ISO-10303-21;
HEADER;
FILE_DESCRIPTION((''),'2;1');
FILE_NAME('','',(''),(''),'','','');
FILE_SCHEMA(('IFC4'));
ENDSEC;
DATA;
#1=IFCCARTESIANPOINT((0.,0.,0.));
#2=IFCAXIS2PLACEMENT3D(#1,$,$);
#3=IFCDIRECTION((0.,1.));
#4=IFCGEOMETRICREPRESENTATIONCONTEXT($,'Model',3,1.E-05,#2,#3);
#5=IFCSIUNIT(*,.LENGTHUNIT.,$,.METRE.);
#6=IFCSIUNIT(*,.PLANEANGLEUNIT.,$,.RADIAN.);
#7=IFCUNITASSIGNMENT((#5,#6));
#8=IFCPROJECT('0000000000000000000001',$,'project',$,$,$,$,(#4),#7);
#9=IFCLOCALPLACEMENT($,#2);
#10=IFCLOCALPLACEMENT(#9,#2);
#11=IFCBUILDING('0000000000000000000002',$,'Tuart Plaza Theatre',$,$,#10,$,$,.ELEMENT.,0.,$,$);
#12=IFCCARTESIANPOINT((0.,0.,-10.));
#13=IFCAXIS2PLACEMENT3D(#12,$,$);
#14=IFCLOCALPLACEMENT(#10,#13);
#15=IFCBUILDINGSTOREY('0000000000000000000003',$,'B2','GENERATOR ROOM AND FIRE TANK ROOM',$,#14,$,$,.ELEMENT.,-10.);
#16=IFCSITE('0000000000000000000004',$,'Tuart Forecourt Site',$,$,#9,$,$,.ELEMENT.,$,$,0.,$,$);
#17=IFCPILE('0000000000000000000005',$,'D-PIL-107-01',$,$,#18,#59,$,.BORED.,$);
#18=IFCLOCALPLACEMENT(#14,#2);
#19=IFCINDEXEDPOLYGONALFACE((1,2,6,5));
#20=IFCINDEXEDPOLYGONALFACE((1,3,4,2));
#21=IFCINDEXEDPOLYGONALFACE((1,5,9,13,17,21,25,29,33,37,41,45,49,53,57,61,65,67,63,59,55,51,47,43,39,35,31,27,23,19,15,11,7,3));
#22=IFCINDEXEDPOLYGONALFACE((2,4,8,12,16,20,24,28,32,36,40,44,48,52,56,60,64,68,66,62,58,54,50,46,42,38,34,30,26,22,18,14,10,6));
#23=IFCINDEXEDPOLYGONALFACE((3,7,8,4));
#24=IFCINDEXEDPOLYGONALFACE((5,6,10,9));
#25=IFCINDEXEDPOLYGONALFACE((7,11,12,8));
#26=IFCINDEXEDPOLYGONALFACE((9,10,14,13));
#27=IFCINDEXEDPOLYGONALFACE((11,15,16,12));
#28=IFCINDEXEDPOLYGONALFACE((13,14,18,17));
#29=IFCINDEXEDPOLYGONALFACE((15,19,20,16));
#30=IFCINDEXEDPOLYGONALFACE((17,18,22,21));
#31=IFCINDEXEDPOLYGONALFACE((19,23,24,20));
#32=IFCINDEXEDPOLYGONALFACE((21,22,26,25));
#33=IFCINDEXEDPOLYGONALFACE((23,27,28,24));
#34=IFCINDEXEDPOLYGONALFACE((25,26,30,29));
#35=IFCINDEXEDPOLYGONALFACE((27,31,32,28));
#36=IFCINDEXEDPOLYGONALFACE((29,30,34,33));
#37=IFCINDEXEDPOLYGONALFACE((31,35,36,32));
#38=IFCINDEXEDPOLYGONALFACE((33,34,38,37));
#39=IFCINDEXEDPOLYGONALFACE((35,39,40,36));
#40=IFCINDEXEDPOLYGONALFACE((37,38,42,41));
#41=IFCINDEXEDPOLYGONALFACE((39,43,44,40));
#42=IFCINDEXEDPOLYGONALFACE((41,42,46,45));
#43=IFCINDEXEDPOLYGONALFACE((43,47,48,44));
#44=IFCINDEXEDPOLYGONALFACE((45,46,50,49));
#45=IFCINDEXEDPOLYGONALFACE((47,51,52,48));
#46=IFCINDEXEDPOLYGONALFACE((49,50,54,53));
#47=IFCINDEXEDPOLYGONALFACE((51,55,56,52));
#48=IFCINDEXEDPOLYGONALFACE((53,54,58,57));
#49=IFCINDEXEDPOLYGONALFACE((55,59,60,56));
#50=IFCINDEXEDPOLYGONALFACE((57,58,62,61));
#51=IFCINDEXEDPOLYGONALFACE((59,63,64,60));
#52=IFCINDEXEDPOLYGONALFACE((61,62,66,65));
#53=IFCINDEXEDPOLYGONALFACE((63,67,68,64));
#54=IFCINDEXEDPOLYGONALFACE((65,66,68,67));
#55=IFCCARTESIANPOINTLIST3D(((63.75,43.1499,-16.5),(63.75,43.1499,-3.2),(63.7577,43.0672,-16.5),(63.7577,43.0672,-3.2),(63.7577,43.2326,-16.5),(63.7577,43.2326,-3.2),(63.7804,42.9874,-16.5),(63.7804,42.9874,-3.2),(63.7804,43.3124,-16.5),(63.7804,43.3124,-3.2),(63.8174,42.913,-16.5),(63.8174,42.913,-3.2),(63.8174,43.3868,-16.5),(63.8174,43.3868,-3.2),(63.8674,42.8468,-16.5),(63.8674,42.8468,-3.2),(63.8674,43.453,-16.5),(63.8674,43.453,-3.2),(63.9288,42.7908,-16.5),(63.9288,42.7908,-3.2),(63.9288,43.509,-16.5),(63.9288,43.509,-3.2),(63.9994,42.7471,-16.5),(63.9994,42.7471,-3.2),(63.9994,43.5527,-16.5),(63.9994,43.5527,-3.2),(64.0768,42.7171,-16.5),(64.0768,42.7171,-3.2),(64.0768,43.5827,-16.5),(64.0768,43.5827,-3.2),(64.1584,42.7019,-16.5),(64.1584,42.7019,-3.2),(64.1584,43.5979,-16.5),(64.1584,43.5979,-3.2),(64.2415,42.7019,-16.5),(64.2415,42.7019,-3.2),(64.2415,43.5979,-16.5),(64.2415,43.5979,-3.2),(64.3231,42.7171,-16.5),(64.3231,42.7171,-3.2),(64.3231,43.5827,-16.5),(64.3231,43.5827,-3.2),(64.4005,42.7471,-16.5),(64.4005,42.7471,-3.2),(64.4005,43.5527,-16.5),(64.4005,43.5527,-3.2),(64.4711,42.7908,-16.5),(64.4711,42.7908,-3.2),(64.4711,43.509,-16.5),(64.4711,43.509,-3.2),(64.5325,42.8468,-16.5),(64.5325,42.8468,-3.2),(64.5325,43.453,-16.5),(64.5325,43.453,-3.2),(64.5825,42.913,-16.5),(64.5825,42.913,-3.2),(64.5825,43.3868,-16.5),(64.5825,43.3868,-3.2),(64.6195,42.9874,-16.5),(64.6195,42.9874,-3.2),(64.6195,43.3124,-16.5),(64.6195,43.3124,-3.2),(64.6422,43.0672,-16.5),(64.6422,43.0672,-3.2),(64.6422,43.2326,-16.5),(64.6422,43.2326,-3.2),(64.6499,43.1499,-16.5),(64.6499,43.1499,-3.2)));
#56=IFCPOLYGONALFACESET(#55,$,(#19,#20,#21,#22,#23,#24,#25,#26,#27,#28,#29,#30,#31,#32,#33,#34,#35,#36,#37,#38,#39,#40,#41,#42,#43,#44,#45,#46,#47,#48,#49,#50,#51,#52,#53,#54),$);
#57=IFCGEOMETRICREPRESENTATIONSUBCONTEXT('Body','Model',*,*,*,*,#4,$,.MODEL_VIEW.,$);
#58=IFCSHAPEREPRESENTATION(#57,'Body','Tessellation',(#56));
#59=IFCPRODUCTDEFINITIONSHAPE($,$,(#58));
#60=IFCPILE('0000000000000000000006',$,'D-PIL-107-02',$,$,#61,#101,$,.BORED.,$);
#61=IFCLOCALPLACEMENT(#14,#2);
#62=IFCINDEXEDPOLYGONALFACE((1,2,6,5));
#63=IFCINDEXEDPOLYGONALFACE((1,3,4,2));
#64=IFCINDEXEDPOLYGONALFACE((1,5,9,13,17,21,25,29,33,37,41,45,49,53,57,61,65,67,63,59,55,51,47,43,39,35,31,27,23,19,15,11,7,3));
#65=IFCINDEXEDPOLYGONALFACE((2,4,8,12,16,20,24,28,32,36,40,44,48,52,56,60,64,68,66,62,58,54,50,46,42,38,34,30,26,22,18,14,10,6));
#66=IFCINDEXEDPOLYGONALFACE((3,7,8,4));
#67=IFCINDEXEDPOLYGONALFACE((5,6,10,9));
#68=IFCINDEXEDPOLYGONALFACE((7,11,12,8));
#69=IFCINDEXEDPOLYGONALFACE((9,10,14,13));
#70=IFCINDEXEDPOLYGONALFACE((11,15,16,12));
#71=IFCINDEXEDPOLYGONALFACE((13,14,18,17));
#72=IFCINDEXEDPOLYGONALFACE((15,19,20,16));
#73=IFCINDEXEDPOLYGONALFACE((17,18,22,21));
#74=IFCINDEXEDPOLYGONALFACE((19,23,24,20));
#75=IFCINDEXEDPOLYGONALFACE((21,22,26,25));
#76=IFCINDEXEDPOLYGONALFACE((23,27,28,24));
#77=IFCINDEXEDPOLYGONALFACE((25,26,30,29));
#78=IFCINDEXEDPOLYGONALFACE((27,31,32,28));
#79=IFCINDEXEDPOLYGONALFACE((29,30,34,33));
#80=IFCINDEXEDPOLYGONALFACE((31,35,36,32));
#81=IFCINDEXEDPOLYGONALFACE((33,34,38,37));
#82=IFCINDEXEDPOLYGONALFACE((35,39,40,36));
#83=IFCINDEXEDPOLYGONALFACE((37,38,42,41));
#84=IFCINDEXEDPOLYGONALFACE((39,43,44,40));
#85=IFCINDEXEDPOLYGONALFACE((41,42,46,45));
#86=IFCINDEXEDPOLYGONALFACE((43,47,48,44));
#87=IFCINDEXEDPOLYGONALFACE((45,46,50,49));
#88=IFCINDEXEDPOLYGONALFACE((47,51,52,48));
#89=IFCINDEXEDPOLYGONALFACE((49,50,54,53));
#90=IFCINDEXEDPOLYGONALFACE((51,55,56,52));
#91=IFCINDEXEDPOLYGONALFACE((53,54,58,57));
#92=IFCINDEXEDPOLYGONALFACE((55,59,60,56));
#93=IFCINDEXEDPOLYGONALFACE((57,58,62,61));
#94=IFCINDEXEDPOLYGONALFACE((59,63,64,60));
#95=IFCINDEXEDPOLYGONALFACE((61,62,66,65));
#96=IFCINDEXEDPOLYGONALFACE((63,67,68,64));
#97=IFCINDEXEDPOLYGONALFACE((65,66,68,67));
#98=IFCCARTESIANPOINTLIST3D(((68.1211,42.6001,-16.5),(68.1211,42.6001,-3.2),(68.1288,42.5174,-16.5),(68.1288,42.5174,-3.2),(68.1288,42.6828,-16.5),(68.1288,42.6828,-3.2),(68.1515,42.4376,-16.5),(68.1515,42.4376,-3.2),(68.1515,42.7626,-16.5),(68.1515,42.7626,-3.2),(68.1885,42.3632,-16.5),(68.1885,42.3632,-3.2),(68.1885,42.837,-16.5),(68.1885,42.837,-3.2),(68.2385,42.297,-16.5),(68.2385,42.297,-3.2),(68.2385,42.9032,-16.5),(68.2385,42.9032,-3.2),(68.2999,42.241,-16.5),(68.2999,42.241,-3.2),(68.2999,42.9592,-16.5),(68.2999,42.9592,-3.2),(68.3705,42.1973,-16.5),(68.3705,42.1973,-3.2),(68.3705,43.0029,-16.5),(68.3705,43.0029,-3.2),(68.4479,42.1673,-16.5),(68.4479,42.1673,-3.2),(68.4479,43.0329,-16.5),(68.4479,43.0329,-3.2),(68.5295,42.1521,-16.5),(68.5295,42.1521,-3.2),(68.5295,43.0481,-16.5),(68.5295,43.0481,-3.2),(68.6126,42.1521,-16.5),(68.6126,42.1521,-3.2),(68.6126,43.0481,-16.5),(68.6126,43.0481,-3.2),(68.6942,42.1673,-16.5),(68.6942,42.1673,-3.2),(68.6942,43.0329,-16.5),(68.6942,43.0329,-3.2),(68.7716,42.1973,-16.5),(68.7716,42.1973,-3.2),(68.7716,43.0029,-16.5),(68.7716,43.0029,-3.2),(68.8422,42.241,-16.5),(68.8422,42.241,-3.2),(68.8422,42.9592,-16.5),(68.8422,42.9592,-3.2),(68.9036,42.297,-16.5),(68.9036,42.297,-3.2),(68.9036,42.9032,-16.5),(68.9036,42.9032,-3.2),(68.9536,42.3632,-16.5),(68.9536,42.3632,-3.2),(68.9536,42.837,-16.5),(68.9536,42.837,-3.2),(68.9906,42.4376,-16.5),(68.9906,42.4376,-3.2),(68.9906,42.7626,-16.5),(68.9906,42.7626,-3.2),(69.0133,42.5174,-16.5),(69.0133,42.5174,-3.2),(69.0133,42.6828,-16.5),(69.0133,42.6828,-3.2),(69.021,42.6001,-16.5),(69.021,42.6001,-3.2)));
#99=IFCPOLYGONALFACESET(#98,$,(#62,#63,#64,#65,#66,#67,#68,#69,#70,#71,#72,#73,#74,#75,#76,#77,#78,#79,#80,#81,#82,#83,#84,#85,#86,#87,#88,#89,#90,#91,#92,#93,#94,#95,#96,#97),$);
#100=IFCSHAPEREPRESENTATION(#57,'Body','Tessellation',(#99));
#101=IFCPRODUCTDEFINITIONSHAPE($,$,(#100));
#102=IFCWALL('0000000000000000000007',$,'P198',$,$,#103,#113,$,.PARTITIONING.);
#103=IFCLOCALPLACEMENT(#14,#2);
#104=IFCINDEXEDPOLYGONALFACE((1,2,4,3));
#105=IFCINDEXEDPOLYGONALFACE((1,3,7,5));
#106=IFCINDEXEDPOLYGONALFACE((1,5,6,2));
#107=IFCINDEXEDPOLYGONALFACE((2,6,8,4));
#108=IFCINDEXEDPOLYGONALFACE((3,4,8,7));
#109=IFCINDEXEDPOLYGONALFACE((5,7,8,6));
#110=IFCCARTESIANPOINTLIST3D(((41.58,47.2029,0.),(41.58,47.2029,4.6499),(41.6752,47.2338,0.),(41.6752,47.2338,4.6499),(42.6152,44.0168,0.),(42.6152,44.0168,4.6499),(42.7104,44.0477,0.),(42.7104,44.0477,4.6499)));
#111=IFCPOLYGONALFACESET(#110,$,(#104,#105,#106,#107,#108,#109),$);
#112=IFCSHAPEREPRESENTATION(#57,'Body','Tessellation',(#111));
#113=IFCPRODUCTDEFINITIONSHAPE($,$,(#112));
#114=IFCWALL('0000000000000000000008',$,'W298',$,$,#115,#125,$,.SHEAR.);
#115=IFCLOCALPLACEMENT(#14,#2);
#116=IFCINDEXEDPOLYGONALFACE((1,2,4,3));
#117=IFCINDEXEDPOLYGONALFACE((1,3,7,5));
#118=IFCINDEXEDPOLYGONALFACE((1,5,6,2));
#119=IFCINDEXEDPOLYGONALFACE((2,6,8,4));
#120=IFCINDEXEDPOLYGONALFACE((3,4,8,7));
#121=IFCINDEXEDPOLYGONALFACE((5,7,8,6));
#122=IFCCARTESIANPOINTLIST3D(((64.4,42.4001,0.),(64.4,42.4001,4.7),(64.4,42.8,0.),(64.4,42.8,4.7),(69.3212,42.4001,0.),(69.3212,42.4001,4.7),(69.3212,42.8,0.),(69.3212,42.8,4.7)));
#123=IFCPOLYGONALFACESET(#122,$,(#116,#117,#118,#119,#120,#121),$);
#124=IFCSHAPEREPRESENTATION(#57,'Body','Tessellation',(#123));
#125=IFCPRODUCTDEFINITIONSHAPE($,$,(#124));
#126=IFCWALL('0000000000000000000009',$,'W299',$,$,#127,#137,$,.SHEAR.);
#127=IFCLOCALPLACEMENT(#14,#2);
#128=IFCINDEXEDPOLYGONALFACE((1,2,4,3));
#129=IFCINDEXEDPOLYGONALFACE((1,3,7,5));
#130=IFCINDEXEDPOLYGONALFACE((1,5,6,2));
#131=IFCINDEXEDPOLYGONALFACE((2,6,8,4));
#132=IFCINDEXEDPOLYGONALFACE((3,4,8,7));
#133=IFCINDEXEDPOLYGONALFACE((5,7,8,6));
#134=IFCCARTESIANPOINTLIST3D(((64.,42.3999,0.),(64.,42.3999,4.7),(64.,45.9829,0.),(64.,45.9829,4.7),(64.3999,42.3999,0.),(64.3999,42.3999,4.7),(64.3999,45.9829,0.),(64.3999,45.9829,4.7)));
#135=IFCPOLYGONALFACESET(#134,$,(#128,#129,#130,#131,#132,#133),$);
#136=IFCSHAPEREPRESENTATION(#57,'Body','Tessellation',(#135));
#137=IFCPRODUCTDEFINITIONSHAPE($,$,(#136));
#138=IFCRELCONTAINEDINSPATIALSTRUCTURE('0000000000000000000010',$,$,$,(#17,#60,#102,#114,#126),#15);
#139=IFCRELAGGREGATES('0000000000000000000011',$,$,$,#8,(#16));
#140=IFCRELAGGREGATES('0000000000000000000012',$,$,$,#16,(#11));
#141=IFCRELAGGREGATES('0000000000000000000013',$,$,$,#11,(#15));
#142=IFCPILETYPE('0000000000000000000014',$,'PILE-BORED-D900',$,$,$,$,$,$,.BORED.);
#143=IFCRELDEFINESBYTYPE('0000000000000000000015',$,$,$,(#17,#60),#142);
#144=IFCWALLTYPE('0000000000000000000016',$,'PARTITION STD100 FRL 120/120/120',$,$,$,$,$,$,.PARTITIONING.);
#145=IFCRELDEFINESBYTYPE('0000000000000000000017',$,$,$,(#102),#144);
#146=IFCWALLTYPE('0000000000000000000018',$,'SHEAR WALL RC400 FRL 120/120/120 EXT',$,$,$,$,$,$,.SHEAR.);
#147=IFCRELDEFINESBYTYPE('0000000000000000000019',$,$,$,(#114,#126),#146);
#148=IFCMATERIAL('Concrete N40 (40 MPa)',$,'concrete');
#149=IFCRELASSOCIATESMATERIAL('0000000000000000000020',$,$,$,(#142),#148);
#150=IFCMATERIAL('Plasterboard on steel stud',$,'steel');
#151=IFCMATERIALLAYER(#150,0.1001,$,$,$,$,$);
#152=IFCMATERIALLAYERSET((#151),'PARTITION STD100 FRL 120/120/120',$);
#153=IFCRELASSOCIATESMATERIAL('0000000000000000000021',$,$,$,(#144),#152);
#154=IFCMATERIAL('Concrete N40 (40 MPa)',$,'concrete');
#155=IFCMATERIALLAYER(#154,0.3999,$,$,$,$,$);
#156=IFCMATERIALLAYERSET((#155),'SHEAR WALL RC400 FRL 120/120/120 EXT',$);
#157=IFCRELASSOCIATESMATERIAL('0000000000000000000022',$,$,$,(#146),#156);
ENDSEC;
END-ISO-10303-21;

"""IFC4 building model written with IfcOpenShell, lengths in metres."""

from ifc_helpers import new_model, si_unit, direction, frame, frame_2d, origin, origin_2d, place, context, subcontext, project, spatial, rectangle, circle, extrude, material, layer, layer_set, material_profile, profile_set, type_object, element, save


model = new_model("IFC4")

# Units and contexts
model_context = context("Model", 3, precision=1e-05, world=origin(), true_north=direction((0.0, 1.0)))
body_context = subcontext(model_context, "Body", "Model", "MODEL_VIEW")
ifc_project = project(units=[si_unit("LENGTHUNIT", "METRE"), si_unit("PLANEANGLEUNIT", "RADIAN")], contexts=[model_context])

# Site, building, storey
site_placement = place(None, origin())
site = spatial("IfcSite", under=ifc_project, at=site_placement, Name="Tuart Forecourt Site", CompositionType="ELEMENT", RefElevation=0.0)
building_placement = place(site_placement, origin())
building = spatial("IfcBuilding", under=site, at=building_placement, Name="Tuart Plaza Theatre", CompositionType="ELEMENT", ElevationOfRefHeight=0.0)
storey_placement = place(building_placement, frame((0.0, 0.0, -10.0)))
storey = spatial("IfcBuildingStorey", under=building, at=storey_placement, Name="B2", Description="GENERATOR ROOM AND FIRE TANK ROOM", CompositionType="ELEMENT", Elevation=-10.0)

# Piles
ifc_material_1 = material(Name="Concrete N40 (40 MPa)", Category="concrete")
ifc_material_profile_1 = material_profile(ifc_material_1, circle(Radius=0.45, at=origin_2d()), Name="PILE-BORED-D900")
ifc_profile_set_1 = profile_set([ifc_material_profile_1], Name="Concrete N40 (40 MPa)")
pile_type_1 = type_object("IfcPileType", Name="PILE-BORED-D900", PredefinedType="BORED", material=ifc_profile_set_1)
for number, where, z_axis, x_axis, name in (
    (1, (64.2, 43.1499, -3.2), (0.0, 0.0, -1.0), (1.0, 0.0, 0.0), "D-PIL-107-01"),
    (2, (68.571, 42.6001, -3.2), (0.0, 0.0, -1.0), (1.0, 0.0, 0.0), "D-PIL-107-02"),
):
    element("IfcPile", number, at=place(storey_placement, frame(where, z_axis=z_axis, x_axis=x_axis)), inside=storey, type_object=pile_type_1, Name=name, PredefinedType="BORED", context=body_context, shape_type="SweptSolid", body=[
        extrude(circle(Radius=0.45, at=origin_2d()), origin(), (0.0, 0.0, 1.0), 13.3),
    ])

# Walls
ifc_material_2 = material(Name="Plasterboard on steel stud", Category="steel")
ifc_layer_1 = layer(ifc_material_2, 0.1001)
ifc_layer_set_1 = layer_set([ifc_layer_1], Name="PARTITION STD100 FRL 120/120/120")
wall_type_1 = type_object("IfcWallType", Name="PARTITION STD100 FRL 120/120/120", PredefinedType="PARTITIONING", material=ifc_layer_set_1)
wall_1_placement = place(storey_placement, frame((42.6628, 44.0322, 0.0), z_axis=(0.0, 0.0, 1.0), x_axis=(-0.309004, 0.951061, 0.0)))
element("IfcWall", 3, at=wall_1_placement, inside=storey, type_object=wall_type_1, Name="P198", PredefinedType="PARTITIONING", context=body_context, shape_type="SweptSolid", body=[
    extrude(rectangle(XDim=3.3501, YDim=0.1001, at=frame_2d((1.675, 0.0))), origin(), (0.0, 0.0, 1.0), 4.6499),
])
ifc_material_3 = material(Name="Concrete N40 (40 MPa)", Category="concrete")
ifc_layer_2 = layer(ifc_material_3, 0.3999)
ifc_layer_set_2 = layer_set([ifc_layer_2], Name="SHEAR WALL RC400 FRL 120/120/120 EXT")
wall_type_2 = type_object("IfcWallType", Name="SHEAR WALL RC400 FRL 120/120/120 EXT", PredefinedType="SHEAR", material=ifc_layer_set_2)
wall_2_placement = place(storey_placement, frame((69.321, 42.6001, 0.0), z_axis=(0.0, 0.0, 1.0), x_axis=(-1.0, 0.0, 0.0)))
element("IfcWall", 4, at=wall_2_placement, inside=storey, type_object=wall_type_2, Name="W298", PredefinedType="SHEAR", context=body_context, shape_type="SweptSolid", body=[
    extrude(rectangle(XDim=4.9211, YDim=0.3999, at=frame_2d((2.4604, 0.0))), origin(), (0.0, 0.0, 1.0), 4.7),
])
wall_3_placement = place(storey_placement, frame((64.2, 42.3999, 0.0), z_axis=(0.0, 0.0, 1.0), x_axis=(0.0, 1.0, 0.0)))
element("IfcWall", 5, at=wall_3_placement, inside=storey, type_object=wall_type_2, Name="W299", PredefinedType="SHEAR", context=body_context, shape_type="SweptSolid", body=[
    extrude(rectangle(XDim=3.583, YDim=0.3999, at=frame_2d((1.7915, 0.0))), origin(), (0.0, 0.0, 1.0), 4.7),
])

save(model, "model.ifc")
